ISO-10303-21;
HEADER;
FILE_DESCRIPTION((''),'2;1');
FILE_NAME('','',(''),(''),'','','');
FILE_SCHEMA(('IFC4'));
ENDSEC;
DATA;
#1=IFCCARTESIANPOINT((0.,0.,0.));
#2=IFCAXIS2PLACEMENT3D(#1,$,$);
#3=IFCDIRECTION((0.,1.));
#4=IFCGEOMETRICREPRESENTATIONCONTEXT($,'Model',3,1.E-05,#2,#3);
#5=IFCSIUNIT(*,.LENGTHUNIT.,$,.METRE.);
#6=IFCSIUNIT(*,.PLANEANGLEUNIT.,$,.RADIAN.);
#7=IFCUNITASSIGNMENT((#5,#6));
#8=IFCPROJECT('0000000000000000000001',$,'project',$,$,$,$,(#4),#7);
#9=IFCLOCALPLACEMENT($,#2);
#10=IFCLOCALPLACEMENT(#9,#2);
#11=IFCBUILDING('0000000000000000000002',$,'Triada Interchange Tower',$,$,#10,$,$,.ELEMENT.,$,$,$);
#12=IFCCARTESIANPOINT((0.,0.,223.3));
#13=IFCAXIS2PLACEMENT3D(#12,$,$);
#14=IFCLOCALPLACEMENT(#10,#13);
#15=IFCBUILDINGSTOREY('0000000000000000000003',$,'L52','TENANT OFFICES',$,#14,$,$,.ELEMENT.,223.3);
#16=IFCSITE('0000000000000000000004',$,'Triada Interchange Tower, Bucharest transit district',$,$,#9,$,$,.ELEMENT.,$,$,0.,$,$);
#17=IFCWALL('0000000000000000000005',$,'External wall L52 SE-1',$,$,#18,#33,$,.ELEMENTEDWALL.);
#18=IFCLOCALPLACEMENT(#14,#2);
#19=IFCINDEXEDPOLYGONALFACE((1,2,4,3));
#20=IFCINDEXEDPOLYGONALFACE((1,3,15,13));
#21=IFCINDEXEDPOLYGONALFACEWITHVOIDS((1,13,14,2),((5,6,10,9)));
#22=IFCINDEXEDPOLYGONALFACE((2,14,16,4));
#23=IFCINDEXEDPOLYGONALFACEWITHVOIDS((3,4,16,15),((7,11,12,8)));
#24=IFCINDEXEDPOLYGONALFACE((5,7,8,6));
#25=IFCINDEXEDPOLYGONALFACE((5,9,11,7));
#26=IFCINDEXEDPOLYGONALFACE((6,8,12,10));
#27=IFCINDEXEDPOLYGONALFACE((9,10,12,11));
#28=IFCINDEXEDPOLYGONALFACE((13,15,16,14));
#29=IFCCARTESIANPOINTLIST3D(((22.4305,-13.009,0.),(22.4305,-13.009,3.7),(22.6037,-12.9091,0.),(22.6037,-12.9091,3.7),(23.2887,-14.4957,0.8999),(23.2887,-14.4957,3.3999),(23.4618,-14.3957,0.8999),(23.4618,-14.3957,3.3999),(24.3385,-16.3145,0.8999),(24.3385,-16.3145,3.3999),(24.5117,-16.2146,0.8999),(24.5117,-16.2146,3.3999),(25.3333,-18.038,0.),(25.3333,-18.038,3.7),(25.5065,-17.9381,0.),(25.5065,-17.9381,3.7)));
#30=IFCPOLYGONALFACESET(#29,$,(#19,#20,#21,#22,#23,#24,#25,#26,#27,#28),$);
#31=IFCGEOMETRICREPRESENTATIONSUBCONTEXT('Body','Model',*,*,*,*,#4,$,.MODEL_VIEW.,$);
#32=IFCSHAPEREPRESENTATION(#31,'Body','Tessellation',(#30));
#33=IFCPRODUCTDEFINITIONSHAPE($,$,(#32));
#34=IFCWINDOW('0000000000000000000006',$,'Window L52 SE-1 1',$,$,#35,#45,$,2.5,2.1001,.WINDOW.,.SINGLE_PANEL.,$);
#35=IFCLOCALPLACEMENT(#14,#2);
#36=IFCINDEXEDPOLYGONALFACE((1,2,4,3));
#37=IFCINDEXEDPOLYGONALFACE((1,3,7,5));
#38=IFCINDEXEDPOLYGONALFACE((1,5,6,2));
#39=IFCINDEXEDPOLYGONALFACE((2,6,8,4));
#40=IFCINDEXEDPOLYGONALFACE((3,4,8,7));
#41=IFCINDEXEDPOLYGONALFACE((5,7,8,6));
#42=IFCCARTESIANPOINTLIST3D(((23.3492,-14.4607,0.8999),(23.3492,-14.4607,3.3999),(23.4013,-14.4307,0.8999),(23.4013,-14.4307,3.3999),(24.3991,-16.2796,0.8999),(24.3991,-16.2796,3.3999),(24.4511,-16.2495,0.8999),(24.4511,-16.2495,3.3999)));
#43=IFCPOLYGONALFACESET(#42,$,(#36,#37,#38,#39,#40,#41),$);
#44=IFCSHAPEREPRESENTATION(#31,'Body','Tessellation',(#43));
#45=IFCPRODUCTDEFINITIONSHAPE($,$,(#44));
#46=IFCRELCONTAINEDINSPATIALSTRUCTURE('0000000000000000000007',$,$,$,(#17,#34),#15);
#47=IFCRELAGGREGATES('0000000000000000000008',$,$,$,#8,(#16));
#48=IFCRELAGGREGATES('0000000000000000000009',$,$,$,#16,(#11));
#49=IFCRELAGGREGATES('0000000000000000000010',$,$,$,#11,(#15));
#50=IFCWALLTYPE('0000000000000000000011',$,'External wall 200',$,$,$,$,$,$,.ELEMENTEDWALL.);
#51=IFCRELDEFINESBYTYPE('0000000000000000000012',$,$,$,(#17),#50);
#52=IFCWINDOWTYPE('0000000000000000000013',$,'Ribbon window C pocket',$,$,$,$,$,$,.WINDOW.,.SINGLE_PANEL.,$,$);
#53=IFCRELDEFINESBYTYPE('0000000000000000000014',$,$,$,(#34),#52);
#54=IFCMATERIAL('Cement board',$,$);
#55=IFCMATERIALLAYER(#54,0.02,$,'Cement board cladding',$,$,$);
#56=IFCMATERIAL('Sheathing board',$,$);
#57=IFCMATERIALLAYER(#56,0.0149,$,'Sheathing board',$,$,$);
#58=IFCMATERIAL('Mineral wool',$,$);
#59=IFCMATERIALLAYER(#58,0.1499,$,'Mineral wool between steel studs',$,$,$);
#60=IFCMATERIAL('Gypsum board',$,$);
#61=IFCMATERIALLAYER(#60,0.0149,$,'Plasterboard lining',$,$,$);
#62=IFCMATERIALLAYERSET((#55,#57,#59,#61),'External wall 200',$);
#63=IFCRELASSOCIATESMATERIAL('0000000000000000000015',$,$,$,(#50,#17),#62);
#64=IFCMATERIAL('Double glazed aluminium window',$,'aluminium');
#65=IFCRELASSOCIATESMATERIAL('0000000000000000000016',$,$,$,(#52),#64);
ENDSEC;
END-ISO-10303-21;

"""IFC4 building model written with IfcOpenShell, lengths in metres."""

from ifc_helpers import new_model, si_unit, direction, frame, frame_2d, origin, place, context, subcontext, project, spatial, rectangle, extrude, material, layer, layer_set, layer_usage, type_object, element, fill, save


model = new_model("IFC4")

# Units and contexts
model_context = context("Model", 3, precision=1e-05, world=origin(), true_north=direction((0.0, 1.0)))
body_context = subcontext(model_context, "Body", "Model", "MODEL_VIEW")
ifc_project = project(units=[si_unit("LENGTHUNIT", "METRE"), si_unit("PLANEANGLEUNIT", "RADIAN")], contexts=[model_context])

# Site, building, storey
site_placement = place(None, origin())
site = spatial("IfcSite", under=ifc_project, at=site_placement, Name="Triada Interchange Tower, Bucharest transit district", CompositionType="ELEMENT", RefElevation=0.0)
building_placement = place(site_placement, origin())
building = spatial("IfcBuilding", under=site, at=building_placement, Name="Triada Interchange Tower", CompositionType="ELEMENT")
storey_placement = place(building_placement, frame((0.0, 0.0, 223.3)))
storey = spatial("IfcBuildingStorey", under=building, at=storey_placement, Name="L52", Description="TENANT OFFICES", CompositionType="ELEMENT", Elevation=223.3)

# Wall, opening, window
ifc_material_1 = material(Name="Cement board")
ifc_layer_1 = layer(ifc_material_1, 0.02, Name="Cement board cladding")
ifc_material_2 = material(Name="Sheathing board")
ifc_layer_2 = layer(ifc_material_2, 0.0149, Name="Sheathing board")
ifc_material_3 = material(Name="Mineral wool")
ifc_layer_3 = layer(ifc_material_3, 0.1499, Name="Mineral wool between steel studs")
ifc_material_4 = material(Name="Gypsum board")
ifc_layer_4 = layer(ifc_material_4, 0.0149, Name="Plasterboard lining")
ifc_layer_set_1 = layer_set([ifc_layer_1, ifc_layer_2, ifc_layer_3, ifc_layer_4], Name="External wall 200")
ifc_layer_usage = layer_usage(ifc_layer_set_1, "AXIS2", "POSITIVE", -0.1001)
wall_type = type_object("IfcWallType", Name="External wall 200", PredefinedType="ELEMENTEDWALL", material=ifc_layer_set_1)
wall_1_placement = place(storey_placement, frame((25.4199, -17.988, 0.0), z_axis=(0.0, 0.0, 1.0), x_axis=(-0.49991, 0.866077, 0.0)))
wall_1 = element("IfcWall", 1, at=wall_1_placement, inside=storey, type_object=wall_type, material=ifc_layer_usage, Name="External wall L52 SE-1", PredefinedType="ELEMENTEDWALL", context=body_context, shape_type="SweptSolid", body=[
    extrude(rectangle(XDim=5.8066, YDim=0.2, at=frame_2d((2.9033, 0.0))), origin(), (0.0, 0.0, 1.0), 3.7),
])
opening_1_placement = place(wall_1_placement, frame((1.99, 0.0, 0.8999)))
opening_1 = element("IfcOpeningElement", 2, at=opening_1_placement, cuts=wall_1, PredefinedType="OPENING", context=body_context, shape_type="SweptSolid", body=[
    extrude(rectangle(XDim=2.1001, YDim=2.5, at=frame_2d((1.05, 1.25))), frame((0.0, 0.1099, 0.0), z_axis=(0.0, -1.0, 0.0), x_axis=(1.0, 0.0, 0.0)), (0.0, 0.0, 1.0), 0.22),
])
ifc_material_5 = material(Name="Double glazed aluminium window", Category="aluminium")
window_type_1 = type_object("IfcWindowType", Name="Ribbon window C pocket", PartitioningType="SINGLE_PANEL", PredefinedType="WINDOW", material=ifc_material_5)
window_1_placement = place(opening_1_placement, origin())
window_1 = element("IfcWindow", 3, at=window_1_placement, inside=storey, type_object=window_type_1, Name="Window L52 SE-1 1", OverallHeight=2.5, OverallWidth=2.1001, PartitioningType="SINGLE_PANEL", PredefinedType="WINDOW", context=body_context, shape_type="SweptSolid", body=[
    extrude(rectangle(XDim=2.1001, YDim=2.5, at=frame_2d((1.05, 1.25))), frame((0.0, 0.03, 0.0), z_axis=(0.0, -1.0, 0.0), x_axis=(1.0, 0.0, 0.0)), (0.0, 0.0, 1.0), 0.0601),
])
fill(opening_1, window_1)

save(model, "model.ifc")
